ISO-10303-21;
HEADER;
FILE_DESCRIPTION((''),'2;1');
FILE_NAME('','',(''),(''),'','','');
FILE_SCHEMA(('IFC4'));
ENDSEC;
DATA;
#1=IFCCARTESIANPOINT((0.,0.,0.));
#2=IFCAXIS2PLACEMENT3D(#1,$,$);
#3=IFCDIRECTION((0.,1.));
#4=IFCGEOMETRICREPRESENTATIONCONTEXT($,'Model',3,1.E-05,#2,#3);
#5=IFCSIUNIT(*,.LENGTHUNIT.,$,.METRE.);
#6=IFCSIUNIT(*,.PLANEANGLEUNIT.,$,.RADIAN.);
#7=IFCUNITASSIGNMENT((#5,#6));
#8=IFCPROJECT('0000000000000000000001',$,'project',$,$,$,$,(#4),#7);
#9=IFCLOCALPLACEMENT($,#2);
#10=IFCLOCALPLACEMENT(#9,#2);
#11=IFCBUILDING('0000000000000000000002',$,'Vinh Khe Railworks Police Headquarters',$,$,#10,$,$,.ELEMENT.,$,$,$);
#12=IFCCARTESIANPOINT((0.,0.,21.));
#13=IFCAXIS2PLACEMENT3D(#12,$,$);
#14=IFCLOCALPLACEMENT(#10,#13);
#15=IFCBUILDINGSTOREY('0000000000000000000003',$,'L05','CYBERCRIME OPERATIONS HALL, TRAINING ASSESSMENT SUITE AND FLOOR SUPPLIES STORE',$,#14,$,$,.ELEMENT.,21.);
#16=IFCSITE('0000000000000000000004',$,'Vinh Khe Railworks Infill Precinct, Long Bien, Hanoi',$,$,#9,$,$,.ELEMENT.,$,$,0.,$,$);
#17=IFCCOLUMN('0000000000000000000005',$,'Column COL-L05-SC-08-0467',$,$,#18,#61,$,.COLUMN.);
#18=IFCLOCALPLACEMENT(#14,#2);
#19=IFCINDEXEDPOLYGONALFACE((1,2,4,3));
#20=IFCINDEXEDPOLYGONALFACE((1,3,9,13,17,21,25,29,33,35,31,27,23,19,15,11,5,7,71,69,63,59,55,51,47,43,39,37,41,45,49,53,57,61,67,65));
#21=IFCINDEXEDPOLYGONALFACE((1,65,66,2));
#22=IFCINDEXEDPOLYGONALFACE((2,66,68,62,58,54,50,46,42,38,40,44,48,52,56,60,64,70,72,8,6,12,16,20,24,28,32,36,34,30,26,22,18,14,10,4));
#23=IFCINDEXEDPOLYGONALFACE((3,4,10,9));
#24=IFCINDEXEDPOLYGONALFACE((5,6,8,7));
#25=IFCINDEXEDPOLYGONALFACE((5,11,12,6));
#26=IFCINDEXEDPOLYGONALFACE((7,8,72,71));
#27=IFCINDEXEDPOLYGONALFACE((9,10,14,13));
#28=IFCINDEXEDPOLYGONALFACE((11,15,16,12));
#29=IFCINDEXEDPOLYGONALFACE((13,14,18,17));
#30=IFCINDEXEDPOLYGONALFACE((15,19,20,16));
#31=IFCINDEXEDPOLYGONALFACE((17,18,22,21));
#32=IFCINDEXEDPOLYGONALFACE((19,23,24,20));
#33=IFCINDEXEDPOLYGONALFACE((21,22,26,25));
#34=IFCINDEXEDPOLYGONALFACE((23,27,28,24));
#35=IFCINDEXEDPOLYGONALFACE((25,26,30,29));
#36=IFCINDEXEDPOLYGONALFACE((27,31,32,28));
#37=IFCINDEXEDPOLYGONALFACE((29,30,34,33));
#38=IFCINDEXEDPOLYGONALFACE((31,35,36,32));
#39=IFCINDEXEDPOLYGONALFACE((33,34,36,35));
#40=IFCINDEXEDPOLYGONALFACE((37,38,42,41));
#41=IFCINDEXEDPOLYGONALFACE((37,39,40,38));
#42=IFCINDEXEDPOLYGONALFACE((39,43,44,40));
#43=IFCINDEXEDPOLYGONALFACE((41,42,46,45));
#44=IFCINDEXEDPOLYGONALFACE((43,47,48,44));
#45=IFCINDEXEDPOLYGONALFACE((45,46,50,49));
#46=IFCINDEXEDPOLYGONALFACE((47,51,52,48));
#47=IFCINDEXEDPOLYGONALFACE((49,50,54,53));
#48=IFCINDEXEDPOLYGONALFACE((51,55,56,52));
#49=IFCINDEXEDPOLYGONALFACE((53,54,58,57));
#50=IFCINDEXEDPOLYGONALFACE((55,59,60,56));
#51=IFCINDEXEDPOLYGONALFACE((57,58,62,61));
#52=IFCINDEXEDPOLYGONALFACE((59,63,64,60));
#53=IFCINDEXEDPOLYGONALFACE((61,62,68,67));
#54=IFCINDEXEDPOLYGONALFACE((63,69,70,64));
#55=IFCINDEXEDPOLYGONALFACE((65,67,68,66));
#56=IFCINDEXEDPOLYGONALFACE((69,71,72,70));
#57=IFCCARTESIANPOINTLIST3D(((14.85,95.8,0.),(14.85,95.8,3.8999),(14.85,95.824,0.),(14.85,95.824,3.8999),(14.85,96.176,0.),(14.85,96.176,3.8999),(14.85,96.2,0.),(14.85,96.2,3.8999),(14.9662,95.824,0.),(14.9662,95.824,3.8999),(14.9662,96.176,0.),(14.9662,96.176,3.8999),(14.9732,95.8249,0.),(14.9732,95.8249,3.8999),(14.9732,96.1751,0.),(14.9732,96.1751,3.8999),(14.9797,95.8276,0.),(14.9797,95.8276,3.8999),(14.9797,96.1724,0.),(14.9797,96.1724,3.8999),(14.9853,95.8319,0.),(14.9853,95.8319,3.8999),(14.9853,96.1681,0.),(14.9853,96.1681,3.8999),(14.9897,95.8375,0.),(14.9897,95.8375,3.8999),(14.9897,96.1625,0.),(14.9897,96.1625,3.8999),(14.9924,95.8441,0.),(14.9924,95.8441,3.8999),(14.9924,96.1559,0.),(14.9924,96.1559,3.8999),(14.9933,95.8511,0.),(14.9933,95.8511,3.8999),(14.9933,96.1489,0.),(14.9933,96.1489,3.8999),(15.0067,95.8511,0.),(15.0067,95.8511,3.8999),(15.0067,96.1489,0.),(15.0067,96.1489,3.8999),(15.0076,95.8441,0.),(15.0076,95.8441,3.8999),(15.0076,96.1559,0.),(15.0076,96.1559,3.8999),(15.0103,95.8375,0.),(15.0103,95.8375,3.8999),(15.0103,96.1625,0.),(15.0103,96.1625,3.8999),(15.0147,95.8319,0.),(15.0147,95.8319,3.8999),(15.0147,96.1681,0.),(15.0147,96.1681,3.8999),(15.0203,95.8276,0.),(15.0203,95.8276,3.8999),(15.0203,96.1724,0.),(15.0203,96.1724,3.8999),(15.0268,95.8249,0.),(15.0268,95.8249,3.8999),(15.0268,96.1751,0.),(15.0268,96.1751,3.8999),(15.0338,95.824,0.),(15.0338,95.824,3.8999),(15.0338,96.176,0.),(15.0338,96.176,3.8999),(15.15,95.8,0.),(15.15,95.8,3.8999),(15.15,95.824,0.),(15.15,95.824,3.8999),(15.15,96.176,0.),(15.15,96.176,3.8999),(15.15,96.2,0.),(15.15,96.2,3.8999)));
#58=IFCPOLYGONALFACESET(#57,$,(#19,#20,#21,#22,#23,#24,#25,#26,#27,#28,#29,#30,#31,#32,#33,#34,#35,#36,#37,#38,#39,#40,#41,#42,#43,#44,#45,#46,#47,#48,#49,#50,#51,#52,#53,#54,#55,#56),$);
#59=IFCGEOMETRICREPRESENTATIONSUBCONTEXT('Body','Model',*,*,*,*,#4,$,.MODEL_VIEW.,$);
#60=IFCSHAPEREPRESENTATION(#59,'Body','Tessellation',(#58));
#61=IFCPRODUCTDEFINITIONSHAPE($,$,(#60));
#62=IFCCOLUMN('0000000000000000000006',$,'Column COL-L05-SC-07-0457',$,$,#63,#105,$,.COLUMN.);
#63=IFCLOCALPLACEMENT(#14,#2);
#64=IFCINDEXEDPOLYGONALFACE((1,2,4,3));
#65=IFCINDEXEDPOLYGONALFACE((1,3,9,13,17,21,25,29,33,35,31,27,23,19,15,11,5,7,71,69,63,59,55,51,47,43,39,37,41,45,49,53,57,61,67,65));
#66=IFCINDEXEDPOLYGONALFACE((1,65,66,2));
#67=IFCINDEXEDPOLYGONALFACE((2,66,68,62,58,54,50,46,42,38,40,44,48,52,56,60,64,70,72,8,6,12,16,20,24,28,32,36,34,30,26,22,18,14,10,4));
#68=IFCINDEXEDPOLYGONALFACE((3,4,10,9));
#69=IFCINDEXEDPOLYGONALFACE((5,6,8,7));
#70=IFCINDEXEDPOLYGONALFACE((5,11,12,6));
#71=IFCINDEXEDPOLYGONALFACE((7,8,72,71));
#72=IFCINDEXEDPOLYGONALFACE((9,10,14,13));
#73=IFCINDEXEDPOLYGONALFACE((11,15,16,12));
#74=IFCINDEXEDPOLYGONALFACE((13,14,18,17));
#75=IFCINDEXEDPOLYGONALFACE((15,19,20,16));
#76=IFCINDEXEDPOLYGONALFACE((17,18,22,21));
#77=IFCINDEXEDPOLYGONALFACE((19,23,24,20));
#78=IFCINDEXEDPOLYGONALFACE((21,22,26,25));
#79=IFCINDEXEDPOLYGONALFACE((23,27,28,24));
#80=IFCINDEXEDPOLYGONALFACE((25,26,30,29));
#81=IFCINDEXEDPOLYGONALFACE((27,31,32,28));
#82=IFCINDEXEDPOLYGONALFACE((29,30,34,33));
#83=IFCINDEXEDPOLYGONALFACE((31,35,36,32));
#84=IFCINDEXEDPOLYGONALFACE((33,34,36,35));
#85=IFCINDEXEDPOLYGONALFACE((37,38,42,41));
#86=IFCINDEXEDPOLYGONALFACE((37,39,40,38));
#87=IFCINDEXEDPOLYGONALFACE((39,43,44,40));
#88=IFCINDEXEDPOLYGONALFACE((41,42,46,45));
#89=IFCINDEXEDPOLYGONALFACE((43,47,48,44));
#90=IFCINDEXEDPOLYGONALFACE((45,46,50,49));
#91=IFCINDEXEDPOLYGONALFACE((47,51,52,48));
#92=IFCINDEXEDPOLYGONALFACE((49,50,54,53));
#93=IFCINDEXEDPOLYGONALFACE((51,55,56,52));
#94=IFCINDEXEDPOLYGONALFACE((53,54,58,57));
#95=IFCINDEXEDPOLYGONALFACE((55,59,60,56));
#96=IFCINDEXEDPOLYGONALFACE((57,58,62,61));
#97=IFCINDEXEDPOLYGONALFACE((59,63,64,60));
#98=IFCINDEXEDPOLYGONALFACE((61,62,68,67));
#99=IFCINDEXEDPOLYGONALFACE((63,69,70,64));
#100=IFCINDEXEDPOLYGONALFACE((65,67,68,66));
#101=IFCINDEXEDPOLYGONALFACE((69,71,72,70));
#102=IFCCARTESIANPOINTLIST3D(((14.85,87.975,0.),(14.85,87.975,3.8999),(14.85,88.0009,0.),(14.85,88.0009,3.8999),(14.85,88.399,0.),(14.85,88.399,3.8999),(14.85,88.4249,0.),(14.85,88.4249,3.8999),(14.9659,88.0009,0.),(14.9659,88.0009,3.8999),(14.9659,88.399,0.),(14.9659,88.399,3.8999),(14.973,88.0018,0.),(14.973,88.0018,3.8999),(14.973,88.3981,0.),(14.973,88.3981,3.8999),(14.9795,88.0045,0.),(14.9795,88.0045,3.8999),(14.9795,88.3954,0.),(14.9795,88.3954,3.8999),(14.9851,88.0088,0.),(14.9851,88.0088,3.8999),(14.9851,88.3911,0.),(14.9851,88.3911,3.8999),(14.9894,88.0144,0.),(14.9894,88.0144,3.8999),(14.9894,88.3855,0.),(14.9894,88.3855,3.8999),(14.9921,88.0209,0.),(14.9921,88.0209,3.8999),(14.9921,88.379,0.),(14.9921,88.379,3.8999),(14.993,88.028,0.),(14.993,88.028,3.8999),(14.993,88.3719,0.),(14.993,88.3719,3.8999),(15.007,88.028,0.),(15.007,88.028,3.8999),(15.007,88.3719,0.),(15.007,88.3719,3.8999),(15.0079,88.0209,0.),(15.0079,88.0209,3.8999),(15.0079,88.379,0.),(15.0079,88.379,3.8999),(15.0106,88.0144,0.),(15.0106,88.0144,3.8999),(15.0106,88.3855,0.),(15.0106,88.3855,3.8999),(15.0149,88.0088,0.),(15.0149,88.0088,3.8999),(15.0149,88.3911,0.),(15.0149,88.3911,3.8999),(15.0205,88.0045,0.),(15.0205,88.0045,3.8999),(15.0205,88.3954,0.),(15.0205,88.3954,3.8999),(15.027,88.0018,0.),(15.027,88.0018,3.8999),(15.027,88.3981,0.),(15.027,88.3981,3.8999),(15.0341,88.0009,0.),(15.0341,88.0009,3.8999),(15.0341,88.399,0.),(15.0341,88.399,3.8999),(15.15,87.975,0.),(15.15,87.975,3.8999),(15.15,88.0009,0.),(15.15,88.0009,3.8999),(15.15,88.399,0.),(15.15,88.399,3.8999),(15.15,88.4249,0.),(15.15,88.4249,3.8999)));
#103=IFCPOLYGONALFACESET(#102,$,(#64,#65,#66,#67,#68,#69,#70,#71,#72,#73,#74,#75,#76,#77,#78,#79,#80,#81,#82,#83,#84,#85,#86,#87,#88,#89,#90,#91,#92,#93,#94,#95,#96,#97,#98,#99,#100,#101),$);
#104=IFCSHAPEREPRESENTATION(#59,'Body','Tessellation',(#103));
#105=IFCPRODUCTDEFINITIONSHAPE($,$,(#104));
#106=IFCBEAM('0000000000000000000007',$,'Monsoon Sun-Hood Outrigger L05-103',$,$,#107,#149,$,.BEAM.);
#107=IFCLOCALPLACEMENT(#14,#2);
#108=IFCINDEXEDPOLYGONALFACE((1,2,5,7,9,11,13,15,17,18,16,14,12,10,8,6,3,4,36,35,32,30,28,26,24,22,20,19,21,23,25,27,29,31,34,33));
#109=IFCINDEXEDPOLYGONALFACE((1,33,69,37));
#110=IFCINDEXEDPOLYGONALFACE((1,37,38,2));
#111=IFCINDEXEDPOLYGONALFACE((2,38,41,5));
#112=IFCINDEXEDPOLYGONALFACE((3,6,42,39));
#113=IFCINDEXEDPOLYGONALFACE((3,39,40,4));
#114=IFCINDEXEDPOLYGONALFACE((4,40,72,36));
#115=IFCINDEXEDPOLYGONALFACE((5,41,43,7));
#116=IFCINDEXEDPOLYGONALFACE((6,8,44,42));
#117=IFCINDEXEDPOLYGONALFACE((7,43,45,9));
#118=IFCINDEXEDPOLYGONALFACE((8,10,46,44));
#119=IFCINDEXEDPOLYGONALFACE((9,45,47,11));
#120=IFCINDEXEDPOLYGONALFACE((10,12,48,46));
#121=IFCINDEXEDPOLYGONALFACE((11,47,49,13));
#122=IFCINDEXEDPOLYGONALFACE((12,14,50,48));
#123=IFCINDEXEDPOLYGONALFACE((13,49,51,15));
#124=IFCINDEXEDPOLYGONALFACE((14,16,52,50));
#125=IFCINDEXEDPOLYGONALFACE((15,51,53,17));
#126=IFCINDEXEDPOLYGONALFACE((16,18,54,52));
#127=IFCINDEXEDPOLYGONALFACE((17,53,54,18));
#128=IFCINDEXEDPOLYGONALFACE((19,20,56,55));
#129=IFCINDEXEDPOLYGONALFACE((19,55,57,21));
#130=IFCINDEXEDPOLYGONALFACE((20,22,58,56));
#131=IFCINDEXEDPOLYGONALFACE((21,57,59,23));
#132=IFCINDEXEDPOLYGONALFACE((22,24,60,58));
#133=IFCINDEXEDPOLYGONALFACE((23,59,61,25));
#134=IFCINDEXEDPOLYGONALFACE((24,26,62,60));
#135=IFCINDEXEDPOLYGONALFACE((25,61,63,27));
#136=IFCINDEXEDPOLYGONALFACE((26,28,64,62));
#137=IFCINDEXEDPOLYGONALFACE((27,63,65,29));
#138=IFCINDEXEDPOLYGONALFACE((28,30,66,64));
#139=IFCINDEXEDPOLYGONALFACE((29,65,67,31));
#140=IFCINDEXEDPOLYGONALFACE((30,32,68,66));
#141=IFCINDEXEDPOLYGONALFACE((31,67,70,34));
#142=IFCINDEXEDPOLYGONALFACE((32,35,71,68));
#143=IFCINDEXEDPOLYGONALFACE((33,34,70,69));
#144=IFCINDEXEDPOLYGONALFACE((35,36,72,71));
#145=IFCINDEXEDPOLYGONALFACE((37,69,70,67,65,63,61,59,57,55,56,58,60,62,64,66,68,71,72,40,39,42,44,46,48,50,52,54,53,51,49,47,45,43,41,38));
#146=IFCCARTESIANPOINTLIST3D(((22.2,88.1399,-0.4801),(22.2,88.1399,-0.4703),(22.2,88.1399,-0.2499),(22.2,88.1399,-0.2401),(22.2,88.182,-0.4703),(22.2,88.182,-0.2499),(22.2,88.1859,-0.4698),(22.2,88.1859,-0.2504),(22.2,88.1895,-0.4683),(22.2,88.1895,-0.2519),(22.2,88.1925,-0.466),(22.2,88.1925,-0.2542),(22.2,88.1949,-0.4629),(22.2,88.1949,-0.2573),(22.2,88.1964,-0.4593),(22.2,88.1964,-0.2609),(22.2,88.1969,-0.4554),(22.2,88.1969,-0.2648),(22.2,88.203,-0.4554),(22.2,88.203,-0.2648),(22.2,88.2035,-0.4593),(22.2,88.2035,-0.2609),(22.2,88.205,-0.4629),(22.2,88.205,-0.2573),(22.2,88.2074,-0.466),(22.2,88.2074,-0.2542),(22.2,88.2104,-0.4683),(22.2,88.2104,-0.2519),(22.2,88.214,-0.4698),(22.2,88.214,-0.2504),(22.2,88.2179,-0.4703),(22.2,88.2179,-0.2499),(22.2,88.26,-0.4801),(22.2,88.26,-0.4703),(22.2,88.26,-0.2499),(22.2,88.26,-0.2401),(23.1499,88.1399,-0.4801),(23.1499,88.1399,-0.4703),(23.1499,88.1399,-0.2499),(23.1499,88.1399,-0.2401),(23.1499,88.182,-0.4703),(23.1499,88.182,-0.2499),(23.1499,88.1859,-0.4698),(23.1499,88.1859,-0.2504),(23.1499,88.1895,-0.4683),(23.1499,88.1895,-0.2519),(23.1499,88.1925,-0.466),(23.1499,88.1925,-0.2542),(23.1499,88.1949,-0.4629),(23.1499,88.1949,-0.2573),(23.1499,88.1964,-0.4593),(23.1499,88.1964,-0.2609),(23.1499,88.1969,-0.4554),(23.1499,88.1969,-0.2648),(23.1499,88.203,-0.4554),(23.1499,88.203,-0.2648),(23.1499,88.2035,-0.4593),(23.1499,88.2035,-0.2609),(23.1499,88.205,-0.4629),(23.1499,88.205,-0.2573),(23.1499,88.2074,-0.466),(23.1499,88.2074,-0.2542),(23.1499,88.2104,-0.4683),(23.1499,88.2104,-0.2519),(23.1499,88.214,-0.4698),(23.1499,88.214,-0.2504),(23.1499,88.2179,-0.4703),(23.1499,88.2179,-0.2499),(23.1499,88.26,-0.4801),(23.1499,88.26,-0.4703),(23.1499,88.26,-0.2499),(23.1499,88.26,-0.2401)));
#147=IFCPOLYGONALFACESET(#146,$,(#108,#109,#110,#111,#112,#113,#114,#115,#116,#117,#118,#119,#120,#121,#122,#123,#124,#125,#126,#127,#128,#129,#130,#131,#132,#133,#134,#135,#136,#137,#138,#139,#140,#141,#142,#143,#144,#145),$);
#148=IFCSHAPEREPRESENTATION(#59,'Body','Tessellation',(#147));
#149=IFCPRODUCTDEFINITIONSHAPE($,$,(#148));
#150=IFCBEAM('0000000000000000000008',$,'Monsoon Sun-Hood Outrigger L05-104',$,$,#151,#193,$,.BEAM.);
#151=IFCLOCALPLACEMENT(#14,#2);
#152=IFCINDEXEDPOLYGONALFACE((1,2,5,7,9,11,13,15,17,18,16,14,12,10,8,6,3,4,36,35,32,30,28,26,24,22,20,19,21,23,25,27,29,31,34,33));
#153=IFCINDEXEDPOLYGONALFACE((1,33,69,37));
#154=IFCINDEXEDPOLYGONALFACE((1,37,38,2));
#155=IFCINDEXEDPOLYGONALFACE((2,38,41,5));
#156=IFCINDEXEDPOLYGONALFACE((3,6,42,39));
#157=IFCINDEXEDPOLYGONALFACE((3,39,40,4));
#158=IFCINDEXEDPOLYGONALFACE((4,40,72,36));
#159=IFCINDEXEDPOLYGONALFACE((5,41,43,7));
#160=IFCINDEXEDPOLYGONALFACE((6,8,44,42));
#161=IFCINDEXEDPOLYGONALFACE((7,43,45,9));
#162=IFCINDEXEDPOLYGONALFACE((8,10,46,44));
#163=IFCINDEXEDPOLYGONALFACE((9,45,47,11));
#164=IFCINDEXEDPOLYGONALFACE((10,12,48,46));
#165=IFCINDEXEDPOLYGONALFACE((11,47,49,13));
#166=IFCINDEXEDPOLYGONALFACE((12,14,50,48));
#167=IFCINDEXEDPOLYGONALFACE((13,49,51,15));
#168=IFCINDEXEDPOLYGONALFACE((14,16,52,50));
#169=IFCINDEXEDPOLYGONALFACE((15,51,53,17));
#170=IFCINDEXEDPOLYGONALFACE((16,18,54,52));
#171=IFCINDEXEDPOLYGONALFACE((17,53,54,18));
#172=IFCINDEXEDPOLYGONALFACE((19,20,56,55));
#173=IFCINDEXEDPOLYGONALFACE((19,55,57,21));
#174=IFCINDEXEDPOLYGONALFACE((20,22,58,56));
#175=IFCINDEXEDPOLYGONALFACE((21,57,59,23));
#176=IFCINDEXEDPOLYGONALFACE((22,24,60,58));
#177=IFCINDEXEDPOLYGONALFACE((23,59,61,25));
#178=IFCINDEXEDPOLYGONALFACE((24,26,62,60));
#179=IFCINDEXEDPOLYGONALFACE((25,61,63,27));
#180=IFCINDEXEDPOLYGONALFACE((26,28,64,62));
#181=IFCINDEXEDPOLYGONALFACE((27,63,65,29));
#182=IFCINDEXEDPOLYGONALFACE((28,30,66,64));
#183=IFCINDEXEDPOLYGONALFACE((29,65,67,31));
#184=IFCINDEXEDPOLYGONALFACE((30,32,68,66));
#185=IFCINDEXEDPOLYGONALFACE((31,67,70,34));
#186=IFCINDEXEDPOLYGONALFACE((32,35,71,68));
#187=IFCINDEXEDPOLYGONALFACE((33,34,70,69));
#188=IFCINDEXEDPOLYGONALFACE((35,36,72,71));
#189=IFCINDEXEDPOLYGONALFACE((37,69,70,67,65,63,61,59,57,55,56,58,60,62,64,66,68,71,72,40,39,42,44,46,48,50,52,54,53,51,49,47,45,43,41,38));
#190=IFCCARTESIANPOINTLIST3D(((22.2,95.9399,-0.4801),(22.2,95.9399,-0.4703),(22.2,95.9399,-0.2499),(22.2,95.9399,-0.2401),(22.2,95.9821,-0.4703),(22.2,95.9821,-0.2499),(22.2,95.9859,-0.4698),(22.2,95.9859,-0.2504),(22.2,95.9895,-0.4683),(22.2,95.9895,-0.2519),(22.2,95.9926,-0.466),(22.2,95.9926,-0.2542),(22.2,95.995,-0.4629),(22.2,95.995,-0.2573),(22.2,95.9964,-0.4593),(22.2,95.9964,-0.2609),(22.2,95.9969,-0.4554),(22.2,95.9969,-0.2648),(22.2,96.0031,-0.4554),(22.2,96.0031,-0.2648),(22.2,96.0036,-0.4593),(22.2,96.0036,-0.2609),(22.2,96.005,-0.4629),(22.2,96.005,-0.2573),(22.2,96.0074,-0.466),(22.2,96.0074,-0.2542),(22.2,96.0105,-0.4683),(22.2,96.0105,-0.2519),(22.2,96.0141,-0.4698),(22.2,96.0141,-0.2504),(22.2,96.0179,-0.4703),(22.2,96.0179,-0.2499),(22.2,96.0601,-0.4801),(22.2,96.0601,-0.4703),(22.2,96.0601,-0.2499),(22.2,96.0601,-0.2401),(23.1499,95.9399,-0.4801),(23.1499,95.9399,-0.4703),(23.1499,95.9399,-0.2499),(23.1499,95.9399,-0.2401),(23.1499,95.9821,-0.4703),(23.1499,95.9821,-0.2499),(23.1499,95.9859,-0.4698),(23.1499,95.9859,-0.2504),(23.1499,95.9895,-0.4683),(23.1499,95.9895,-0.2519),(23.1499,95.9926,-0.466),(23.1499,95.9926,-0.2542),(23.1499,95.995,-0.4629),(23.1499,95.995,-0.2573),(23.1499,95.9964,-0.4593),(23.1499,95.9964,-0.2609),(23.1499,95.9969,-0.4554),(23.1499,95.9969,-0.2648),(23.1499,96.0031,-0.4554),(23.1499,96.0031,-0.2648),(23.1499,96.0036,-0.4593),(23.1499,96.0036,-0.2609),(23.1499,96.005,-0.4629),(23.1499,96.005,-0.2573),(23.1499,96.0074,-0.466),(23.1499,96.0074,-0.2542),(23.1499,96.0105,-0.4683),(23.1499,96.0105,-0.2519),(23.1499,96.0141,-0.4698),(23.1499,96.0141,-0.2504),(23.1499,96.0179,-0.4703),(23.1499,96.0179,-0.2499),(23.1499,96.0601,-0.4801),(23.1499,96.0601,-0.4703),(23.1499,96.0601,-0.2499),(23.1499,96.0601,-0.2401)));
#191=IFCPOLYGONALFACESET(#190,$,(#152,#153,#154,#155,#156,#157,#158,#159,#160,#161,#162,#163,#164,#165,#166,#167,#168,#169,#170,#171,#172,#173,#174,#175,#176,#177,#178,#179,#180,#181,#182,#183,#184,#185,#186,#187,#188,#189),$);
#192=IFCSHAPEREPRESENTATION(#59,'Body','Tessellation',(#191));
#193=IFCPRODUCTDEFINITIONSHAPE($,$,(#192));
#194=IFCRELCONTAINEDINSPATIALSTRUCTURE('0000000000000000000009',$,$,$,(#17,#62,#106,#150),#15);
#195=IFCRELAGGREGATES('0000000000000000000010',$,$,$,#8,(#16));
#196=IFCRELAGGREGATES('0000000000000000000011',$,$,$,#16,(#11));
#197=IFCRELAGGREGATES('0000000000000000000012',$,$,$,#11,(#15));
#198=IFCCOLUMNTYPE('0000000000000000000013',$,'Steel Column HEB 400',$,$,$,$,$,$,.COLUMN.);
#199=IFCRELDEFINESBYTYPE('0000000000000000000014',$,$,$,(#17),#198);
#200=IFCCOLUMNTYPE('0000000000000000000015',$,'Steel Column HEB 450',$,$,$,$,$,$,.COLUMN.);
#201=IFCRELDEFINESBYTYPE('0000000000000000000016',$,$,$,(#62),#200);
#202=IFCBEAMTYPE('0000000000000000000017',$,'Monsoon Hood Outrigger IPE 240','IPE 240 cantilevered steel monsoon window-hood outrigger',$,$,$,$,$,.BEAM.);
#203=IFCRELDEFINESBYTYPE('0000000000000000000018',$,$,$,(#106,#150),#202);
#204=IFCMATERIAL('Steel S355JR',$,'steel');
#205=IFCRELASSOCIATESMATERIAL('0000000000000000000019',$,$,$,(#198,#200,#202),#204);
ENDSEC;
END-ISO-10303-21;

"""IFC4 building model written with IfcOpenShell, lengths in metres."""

from ifc_helpers import new_model, si_unit, direction, frame, origin, origin_2d, place, context, subcontext, project, spatial, i_section, extrude, material, material_profile, profile_set, type_object, element, save


model = new_model("IFC4")

# Units and contexts
model_context = context("Model", 3, precision=1e-05, world=origin(), true_north=direction((0.0, 1.0)))
body_context = subcontext(model_context, "Body", "Model", "MODEL_VIEW")
ifc_project = project(units=[si_unit("LENGTHUNIT", "METRE"), si_unit("PLANEANGLEUNIT", "RADIAN")], contexts=[model_context])

# Site, building, storey
site_placement = place(None, origin())
site = spatial("IfcSite", under=ifc_project, at=site_placement, Name="Vinh Khe Railworks Infill Precinct, Long Bien, Hanoi", CompositionType="ELEMENT", RefElevation=0.0)
building_placement = place(site_placement, origin())
building = spatial("IfcBuilding", under=site, at=building_placement, Name="Vinh Khe Railworks Police Headquarters", CompositionType="ELEMENT")
storey_placement = place(building_placement, frame((0.0, 0.0, 21.0)))
storey = spatial("IfcBuildingStorey", under=building, at=storey_placement, Name="L05", Description="CYBERCRIME OPERATIONS HALL, TRAINING ASSESSMENT SUITE AND FLOOR SUPPLIES STORE", CompositionType="ELEMENT", Elevation=21.0)

# Columns
ifc_material_1 = material(Name="Steel S355JR", Category="steel")
ifc_material_profile_1 = material_profile(ifc_material_1, i_section(OverallWidth=0.3, OverallDepth=0.3999, WebThickness=0.0134, FlangeThickness=0.0239, FilletRadius=0.0271, at=origin_2d()), Name="HEB 400")
ifc_profile_set_1 = profile_set([ifc_material_profile_1], Name="Steel S355JR")
column_type_1 = type_object("IfcColumnType", Name="Steel Column HEB 400", PredefinedType="COLUMN", material=ifc_profile_set_1)
column_1_placement = place(storey_placement, frame((15.0, 96.0, 0.0), z_axis=(0.0, 0.0, 1.0), x_axis=(1.0, 0.0, 0.0)))
element("IfcColumn", 1, at=column_1_placement, inside=storey, type_object=column_type_1, Name="Column COL-L05-SC-08-0467", PredefinedType="COLUMN", context=body_context, shape_type="SweptSolid", body=[
    extrude(i_section(OverallWidth=0.3, OverallDepth=0.3999, WebThickness=0.0134, FlangeThickness=0.0239, FilletRadius=0.0271, at=origin_2d()), origin(), (0.0, 0.0, 1.0), 3.8999),
])
ifc_material_profile_2 = material_profile(ifc_material_1, i_section(OverallWidth=0.3, OverallDepth=0.45, WebThickness=0.0139, FlangeThickness=0.0259, FilletRadius=0.0271, at=origin_2d()), Name="HEB 450")
ifc_profile_set_2 = profile_set([ifc_material_profile_2], Name="Steel S355JR")
column_type_2 = type_object("IfcColumnType", Name="Steel Column HEB 450", PredefinedType="COLUMN", material=ifc_profile_set_2)
column_2_placement = place(storey_placement, frame((15.0, 88.2, 0.0), z_axis=(0.0, 0.0, 1.0), x_axis=(1.0, 0.0, 0.0)))
element("IfcColumn", 2, at=column_2_placement, inside=storey, type_object=column_type_2, Name="Column COL-L05-SC-07-0457", PredefinedType="COLUMN", context=body_context, shape_type="SweptSolid", body=[
    extrude(i_section(OverallWidth=0.3, OverallDepth=0.45, WebThickness=0.0139, FlangeThickness=0.0259, FilletRadius=0.0271, at=origin_2d()), origin(), (0.0, 0.0, 1.0), 3.8999),
])

# Beams
ifc_material_profile_3 = material_profile(ifc_material_1, i_section(OverallWidth=0.1201, OverallDepth=0.24, WebThickness=0.0061, FlangeThickness=0.0098, FilletRadius=0.0149, at=origin_2d()), Name="IPE 240")
ifc_profile_set_3 = profile_set([ifc_material_profile_3], Name="Steel S355JR")
beam_type_1 = type_object("IfcBeamType", Name="Monsoon Hood Outrigger IPE 240", Description="IPE 240 cantilevered steel monsoon window-hood outrigger", PredefinedType="BEAM", material=ifc_profile_set_3)
for number, where, z_axis, x_axis, name in (
    (3, (22.2, 88.2, -0.3601), (1.0, 0.0, 0.0), (0.0, 1.0, 0.0), "Monsoon Sun-Hood Outrigger L05-103"),
    (4, (22.2, 96.0, -0.3601), (1.0, 0.0, 0.0), (0.0, 1.0, 0.0), "Monsoon Sun-Hood Outrigger L05-104"),
):
    element("IfcBeam", number, at=place(storey_placement, frame(where, z_axis=z_axis, x_axis=x_axis)), inside=storey, type_object=beam_type_1, Name=name, PredefinedType="BEAM", context=body_context, shape_type="SweptSolid", body=[
        extrude(i_section(OverallWidth=0.1201, OverallDepth=0.24, WebThickness=0.0061, FlangeThickness=0.0098, FilletRadius=0.0149, at=origin_2d()), origin(), (0.0, 0.0, 1.0), 0.95),
    ])

save(model, "model.ifc")
